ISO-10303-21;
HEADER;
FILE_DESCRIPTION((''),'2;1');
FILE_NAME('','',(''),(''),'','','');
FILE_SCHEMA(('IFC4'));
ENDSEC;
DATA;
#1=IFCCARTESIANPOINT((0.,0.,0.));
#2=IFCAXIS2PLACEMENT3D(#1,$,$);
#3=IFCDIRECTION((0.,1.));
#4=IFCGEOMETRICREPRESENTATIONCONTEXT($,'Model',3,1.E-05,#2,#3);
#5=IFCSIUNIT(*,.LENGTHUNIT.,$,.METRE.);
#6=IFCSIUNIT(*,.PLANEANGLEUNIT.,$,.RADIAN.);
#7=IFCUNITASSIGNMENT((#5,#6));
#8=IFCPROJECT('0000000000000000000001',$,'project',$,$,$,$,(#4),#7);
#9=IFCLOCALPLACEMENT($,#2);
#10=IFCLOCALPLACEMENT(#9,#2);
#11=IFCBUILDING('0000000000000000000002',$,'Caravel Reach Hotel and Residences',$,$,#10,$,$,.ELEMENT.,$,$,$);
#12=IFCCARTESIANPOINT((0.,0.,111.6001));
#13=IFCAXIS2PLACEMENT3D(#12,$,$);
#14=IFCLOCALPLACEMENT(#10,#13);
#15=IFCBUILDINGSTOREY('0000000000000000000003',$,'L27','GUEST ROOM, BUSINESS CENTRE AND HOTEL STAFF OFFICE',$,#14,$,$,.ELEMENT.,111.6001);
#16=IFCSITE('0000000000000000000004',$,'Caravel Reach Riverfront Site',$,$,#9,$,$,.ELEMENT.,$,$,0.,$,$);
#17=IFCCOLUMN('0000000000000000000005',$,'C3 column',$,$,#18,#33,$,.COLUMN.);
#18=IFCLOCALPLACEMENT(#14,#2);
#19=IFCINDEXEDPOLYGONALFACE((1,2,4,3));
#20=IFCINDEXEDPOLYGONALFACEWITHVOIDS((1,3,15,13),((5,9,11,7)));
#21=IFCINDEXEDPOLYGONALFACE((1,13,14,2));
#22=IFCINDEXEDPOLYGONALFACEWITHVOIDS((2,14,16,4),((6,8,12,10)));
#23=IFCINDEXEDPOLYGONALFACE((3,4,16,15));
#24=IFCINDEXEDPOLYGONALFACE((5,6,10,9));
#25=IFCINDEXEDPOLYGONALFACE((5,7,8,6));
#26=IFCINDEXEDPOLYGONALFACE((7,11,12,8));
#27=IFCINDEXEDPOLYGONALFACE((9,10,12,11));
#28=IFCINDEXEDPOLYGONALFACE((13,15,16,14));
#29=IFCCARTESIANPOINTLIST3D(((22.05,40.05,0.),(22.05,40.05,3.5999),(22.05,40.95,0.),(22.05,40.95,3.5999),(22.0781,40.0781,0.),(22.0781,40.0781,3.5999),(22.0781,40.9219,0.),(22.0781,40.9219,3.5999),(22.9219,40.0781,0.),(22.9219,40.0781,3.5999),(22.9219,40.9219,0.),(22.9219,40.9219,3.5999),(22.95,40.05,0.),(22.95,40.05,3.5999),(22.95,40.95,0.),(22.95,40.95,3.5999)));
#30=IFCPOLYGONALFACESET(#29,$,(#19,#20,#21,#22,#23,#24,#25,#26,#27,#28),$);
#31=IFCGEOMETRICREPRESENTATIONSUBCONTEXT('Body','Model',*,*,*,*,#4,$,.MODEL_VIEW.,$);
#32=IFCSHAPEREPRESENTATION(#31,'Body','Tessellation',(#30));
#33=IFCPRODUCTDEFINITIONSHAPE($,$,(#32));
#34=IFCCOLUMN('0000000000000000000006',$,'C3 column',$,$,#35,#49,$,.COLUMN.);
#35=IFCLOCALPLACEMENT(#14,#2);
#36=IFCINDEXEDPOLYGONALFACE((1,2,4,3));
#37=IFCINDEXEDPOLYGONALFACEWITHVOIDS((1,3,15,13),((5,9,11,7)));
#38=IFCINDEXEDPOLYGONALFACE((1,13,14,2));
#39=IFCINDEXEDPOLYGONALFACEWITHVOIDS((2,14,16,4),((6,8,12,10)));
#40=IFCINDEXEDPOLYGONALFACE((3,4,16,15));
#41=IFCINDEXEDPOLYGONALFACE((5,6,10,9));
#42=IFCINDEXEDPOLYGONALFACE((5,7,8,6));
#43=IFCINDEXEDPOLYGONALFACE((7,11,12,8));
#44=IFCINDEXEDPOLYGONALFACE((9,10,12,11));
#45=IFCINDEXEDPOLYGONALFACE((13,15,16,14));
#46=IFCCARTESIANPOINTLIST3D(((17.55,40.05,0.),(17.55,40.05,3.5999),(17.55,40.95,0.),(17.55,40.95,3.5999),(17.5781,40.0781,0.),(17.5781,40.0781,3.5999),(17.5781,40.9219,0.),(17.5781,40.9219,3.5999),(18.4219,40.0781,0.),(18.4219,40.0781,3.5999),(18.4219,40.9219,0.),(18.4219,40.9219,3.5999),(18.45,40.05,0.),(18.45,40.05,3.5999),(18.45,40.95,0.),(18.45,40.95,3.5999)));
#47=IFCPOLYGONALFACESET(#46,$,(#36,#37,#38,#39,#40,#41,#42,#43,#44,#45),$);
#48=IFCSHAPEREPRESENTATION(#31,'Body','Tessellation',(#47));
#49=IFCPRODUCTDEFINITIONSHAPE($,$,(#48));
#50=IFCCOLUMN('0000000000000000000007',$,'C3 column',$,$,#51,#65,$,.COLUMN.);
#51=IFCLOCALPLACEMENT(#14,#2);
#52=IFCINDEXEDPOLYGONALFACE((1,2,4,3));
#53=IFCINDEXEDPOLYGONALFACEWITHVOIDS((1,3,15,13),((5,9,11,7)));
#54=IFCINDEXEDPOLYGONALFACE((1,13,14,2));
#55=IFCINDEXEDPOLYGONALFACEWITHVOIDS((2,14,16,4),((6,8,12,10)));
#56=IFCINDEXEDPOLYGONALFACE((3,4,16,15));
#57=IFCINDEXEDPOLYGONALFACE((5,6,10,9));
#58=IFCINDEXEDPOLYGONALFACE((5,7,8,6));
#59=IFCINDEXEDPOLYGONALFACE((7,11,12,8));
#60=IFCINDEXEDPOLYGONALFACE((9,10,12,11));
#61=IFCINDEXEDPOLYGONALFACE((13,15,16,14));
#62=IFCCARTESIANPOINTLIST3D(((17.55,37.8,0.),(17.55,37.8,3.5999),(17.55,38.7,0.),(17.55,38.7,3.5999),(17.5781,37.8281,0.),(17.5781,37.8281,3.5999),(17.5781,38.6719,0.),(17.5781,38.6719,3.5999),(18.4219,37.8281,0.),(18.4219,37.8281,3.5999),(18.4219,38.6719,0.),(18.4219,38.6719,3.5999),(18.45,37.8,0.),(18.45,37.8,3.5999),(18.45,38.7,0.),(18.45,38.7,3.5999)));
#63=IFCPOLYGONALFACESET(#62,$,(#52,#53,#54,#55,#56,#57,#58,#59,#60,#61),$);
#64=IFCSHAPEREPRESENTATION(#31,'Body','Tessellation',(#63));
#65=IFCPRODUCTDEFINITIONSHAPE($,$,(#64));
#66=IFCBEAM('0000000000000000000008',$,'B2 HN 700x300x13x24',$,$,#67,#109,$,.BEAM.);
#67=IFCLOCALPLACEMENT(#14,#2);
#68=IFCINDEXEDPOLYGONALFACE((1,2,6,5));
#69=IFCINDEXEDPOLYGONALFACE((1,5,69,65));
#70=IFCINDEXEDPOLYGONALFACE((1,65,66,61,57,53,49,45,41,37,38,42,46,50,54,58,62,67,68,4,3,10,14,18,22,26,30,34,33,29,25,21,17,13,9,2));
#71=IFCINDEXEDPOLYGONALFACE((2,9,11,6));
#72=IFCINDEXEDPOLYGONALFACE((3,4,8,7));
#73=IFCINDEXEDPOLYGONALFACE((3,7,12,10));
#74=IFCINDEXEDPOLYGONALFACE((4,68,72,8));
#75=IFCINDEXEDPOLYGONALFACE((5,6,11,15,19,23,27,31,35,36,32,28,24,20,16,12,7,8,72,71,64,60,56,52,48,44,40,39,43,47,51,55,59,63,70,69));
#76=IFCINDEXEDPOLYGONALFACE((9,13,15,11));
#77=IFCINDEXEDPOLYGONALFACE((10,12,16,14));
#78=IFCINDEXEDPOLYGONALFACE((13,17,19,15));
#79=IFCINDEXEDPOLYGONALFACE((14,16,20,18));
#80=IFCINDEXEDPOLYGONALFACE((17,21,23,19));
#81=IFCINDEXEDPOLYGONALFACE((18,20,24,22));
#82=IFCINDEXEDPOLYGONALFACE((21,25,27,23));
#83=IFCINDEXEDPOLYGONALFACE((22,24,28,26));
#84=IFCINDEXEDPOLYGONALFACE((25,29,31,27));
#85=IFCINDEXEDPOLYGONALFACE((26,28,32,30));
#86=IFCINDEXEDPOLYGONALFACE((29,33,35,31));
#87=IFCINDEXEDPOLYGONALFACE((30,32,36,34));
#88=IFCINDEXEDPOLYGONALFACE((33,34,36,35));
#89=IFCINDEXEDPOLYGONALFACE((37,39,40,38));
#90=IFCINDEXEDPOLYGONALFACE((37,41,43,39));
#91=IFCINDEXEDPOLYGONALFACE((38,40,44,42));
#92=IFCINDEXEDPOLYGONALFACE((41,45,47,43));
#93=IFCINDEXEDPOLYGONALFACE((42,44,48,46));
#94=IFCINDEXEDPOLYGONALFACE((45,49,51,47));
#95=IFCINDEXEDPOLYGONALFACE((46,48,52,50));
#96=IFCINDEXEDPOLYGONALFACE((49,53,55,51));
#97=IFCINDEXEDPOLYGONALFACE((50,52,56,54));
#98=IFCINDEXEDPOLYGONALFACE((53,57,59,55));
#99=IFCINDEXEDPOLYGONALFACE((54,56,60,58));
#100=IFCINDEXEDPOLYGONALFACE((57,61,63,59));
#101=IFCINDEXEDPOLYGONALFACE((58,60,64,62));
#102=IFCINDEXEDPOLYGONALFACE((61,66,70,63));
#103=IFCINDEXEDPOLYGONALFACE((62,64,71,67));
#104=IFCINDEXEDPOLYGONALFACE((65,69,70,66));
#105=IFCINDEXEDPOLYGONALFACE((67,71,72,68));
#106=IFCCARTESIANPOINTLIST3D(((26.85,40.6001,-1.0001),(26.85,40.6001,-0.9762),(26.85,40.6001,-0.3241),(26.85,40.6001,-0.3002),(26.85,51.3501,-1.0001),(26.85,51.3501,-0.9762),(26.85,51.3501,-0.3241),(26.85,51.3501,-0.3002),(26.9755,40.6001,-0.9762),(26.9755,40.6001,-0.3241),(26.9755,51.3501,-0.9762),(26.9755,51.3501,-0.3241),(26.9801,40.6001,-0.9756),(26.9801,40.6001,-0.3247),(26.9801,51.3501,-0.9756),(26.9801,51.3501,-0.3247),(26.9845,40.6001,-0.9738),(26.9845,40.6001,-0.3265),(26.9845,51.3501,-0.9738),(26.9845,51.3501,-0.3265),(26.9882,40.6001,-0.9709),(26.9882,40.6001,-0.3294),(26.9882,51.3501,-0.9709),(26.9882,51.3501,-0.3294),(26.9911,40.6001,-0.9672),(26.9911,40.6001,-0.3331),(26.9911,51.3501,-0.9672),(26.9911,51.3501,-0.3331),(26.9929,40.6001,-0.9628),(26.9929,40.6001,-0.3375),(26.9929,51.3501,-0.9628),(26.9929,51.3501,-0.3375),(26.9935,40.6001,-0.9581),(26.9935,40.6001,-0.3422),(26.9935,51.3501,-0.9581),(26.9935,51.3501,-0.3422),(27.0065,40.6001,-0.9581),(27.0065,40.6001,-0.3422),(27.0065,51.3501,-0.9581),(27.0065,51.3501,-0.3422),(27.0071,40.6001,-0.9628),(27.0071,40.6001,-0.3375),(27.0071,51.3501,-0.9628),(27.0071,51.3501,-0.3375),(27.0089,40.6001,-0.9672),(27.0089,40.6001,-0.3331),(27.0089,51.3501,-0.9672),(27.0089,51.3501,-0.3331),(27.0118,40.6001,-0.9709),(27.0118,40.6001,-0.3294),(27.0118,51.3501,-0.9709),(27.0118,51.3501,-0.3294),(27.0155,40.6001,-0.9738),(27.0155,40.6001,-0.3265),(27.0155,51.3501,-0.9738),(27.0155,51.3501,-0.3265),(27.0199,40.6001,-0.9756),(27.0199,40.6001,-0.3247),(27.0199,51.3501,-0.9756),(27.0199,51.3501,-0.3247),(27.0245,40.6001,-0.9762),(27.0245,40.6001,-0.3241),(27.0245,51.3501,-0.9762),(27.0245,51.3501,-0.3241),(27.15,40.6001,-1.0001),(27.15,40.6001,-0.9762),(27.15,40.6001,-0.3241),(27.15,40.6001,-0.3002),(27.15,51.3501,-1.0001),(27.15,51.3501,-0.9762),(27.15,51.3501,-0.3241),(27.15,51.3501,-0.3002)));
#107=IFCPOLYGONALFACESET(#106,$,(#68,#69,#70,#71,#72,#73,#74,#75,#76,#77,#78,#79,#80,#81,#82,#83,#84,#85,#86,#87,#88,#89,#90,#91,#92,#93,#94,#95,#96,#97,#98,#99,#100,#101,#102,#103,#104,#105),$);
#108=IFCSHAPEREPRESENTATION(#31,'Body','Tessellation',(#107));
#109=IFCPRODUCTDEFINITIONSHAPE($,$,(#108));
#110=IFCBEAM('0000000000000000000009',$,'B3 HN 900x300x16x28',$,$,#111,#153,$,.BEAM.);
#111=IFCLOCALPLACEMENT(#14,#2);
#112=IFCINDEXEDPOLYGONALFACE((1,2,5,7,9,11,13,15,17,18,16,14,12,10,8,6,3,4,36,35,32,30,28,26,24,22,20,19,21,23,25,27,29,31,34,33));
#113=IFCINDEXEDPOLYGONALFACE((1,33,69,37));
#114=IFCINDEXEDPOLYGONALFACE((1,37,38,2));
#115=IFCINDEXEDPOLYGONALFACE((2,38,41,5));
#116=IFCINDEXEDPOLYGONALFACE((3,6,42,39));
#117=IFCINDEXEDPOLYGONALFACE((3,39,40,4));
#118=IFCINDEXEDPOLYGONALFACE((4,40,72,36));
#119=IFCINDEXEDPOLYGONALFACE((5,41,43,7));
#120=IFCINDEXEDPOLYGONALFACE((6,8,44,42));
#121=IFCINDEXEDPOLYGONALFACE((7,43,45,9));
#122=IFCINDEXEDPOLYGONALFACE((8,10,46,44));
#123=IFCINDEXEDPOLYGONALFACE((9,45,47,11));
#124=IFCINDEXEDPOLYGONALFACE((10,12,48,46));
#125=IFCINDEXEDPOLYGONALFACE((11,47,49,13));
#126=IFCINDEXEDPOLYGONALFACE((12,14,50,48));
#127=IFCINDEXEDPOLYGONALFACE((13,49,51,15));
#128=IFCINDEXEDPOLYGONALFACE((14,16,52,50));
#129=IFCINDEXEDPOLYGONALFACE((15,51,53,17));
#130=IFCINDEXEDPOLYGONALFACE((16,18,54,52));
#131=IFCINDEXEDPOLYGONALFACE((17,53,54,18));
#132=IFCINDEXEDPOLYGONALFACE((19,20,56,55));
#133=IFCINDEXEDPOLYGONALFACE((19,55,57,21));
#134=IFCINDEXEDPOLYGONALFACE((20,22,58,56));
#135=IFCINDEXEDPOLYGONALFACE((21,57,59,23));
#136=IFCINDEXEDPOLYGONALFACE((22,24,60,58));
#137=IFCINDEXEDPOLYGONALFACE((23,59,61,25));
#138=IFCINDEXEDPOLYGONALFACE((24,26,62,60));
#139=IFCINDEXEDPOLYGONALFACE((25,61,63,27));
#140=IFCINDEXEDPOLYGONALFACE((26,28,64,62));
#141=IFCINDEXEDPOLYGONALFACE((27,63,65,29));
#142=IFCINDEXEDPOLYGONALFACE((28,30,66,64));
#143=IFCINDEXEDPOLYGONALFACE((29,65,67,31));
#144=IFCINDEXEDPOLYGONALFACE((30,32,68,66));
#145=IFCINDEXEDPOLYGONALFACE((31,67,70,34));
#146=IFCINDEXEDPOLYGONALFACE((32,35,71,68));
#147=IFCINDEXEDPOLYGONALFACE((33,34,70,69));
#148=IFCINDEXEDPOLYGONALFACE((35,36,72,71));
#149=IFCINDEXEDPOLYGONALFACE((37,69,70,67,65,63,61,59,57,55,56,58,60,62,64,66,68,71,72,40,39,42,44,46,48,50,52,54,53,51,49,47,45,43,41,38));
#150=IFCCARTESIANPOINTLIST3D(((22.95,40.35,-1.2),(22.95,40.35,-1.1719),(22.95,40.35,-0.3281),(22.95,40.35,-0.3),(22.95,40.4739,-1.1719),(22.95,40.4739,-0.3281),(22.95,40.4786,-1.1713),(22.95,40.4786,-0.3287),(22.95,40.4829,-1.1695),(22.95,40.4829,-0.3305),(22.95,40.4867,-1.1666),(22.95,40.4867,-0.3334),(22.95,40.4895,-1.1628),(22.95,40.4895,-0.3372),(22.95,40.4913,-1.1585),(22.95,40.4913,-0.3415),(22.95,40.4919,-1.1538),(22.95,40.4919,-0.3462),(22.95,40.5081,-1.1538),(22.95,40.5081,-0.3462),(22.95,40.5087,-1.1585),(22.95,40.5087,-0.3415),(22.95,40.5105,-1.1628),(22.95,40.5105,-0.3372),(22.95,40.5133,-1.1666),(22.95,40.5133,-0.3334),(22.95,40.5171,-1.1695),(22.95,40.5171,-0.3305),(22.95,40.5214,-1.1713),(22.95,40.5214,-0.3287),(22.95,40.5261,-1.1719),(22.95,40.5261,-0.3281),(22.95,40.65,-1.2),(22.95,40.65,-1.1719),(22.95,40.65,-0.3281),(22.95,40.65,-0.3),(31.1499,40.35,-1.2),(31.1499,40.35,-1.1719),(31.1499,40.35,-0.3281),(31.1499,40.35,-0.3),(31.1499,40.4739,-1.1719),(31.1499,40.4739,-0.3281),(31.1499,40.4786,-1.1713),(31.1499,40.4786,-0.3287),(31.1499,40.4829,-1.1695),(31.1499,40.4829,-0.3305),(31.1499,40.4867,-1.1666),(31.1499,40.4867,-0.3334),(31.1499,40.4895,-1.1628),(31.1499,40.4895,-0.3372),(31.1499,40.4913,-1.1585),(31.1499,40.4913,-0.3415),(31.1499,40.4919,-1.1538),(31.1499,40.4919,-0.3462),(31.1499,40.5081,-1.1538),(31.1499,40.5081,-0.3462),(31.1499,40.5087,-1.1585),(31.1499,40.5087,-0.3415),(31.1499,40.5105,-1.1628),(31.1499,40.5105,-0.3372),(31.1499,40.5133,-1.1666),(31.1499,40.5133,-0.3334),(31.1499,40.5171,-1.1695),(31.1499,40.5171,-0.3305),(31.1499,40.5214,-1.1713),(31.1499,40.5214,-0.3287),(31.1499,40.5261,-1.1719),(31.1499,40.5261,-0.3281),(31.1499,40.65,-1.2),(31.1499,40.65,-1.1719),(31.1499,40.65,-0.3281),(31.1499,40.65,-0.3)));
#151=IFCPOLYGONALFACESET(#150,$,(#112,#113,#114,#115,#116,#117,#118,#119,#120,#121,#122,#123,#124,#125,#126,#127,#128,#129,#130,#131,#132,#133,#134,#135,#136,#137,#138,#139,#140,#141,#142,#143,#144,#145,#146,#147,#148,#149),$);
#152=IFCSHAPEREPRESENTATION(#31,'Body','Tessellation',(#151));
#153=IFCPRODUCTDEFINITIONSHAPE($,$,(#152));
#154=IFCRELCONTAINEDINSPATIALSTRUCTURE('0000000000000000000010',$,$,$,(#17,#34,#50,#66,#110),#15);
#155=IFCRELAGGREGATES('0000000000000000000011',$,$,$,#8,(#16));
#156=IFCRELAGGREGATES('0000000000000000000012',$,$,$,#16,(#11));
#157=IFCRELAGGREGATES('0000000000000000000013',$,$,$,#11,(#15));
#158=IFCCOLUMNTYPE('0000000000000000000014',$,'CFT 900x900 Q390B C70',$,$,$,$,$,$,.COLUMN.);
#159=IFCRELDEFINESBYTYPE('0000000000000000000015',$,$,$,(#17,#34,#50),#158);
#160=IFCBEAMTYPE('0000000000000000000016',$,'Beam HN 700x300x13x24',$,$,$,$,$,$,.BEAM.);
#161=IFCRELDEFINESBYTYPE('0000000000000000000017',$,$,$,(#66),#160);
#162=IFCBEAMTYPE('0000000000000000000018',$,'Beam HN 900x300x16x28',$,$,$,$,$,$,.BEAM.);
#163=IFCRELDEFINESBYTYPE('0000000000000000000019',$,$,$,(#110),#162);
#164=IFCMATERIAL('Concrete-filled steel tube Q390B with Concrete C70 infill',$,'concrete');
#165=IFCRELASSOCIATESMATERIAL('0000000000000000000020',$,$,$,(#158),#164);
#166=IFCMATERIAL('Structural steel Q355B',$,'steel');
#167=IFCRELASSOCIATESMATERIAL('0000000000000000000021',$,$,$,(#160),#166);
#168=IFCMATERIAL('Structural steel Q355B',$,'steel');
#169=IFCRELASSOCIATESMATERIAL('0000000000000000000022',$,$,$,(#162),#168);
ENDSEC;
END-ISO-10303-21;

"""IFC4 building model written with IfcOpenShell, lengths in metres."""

from ifc_helpers import new_model, si_unit, direction, frame, origin, origin_2d, place, context, subcontext, project, spatial, hollow_rectangle, i_section, extrude, material, material_profile, profile_set, type_object, element, save


model = new_model("IFC4")

# Units and contexts
model_context = context("Model", 3, precision=1e-05, world=origin(), true_north=direction((0.0, 1.0)))
body_context = subcontext(model_context, "Body", "Model", "MODEL_VIEW")
ifc_project = project(units=[si_unit("LENGTHUNIT", "METRE"), si_unit("PLANEANGLEUNIT", "RADIAN")], contexts=[model_context])

# Site, building, storey
site_placement = place(None, origin())
site = spatial("IfcSite", under=ifc_project, at=site_placement, Name="Caravel Reach Riverfront Site", CompositionType="ELEMENT", RefElevation=0.0)
building_placement = place(site_placement, origin())
building = spatial("IfcBuilding", under=site, at=building_placement, Name="Caravel Reach Hotel and Residences", CompositionType="ELEMENT")
storey_placement = place(building_placement, frame((0.0, 0.0, 111.6001)))
storey = spatial("IfcBuildingStorey", under=building, at=storey_placement, Name="L27", Description="GUEST ROOM, BUSINESS CENTRE AND HOTEL STAFF OFFICE", CompositionType="ELEMENT", Elevation=111.6001)

# Columns
ifc_material_1 = material(Name="Concrete-filled steel tube Q390B with Concrete C70 infill", Category="concrete")
ifc_material_profile_1 = material_profile(ifc_material_1, hollow_rectangle(XDim=0.8999, YDim=0.8999, WallThickness=0.0281, at=origin_2d()), Name="RHS 900x900x28")
ifc_profile_set_1 = profile_set([ifc_material_profile_1], Name="Concrete-filled steel tube Q390B with Concrete C70 infill")
column_type = type_object("IfcColumnType", Name="CFT 900x900 Q390B C70", PredefinedType="COLUMN", material=ifc_profile_set_1)
for number, where, z_axis, x_axis, name in (
    (1, (22.5, 40.5, 0.0), (0.0, 0.0, 1.0), (1.0, 0.0, 0.0), "C3 column"),
    (2, (18.0, 40.5, 0.0), (0.0, 0.0, 1.0), (1.0, 0.0, 0.0), "C3 column"),
    (3, (18.0, 38.25, 0.0), (0.0, 0.0, 1.0), (1.0, 0.0, 0.0), "C3 column"),
):
    element("IfcColumn", number, at=place(storey_placement, frame(where, z_axis=z_axis, x_axis=x_axis)), inside=storey, type_object=column_type, Name=name, PredefinedType="COLUMN", context=body_context, shape_type="SweptSolid", body=[
        extrude(hollow_rectangle(XDim=0.8999, YDim=0.8999, WallThickness=0.0281, at=origin_2d()), origin(), (0.0, 0.0, 1.0), 3.5999),
    ])

# Beams
ifc_material_2 = material(Name="Structural steel Q355B", Category="steel")
ifc_material_profile_2 = material_profile(ifc_material_2, i_section(OverallWidth=0.3, OverallDepth=0.7, WebThickness=0.0129, FlangeThickness=0.0239, FilletRadius=0.0181, at=origin_2d()), Name="HN 700x300x13x24")
ifc_profile_set_2 = profile_set([ifc_material_profile_2], Name="Structural steel Q355B")
beam_type_1 = type_object("IfcBeamType", Name="Beam HN 700x300x13x24", PredefinedType="BEAM", material=ifc_profile_set_2)
beam_1_placement = place(storey_placement, frame((27.0, 40.6001, -0.6501), z_axis=(0.0, 1.0, 0.0), x_axis=(-1.0, 0.0, 0.0)))
element("IfcBeam", 4, at=beam_1_placement, inside=storey, type_object=beam_type_1, Name="B2 HN 700x300x13x24", PredefinedType="BEAM", context=body_context, shape_type="SweptSolid", body=[
    extrude(i_section(OverallWidth=0.3, OverallDepth=0.7, WebThickness=0.0129, FlangeThickness=0.0239, FilletRadius=0.0181, at=origin_2d()), origin(), (0.0, 0.0, 1.0), 10.75),
])
ifc_material_3 = material(Name="Structural steel Q355B", Category="steel")
ifc_material_profile_3 = material_profile(ifc_material_3, i_section(OverallWidth=0.3, OverallDepth=0.8999, WebThickness=0.0161, FlangeThickness=0.0281, FilletRadius=0.0181, at=origin_2d()), Name="HN 900x300x16x28")
ifc_profile_set_3 = profile_set([ifc_material_profile_3], Name="Structural steel Q355B")
beam_type_2 = type_object("IfcBeamType", Name="Beam HN 900x300x16x28", PredefinedType="BEAM", material=ifc_profile_set_3)
beam_2_placement = place(storey_placement, frame((22.95, 40.5, -0.75), z_axis=(1.0, 0.0, 0.0), x_axis=(0.0, 1.0, 0.0)))
element("IfcBeam", 5, at=beam_2_placement, inside=storey, type_object=beam_type_2, Name="B3 HN 900x300x16x28", PredefinedType="BEAM", context=body_context, shape_type="SweptSolid", body=[
    extrude(i_section(OverallWidth=0.3, OverallDepth=0.8999, WebThickness=0.0161, FlangeThickness=0.0281, FilletRadius=0.0181, at=origin_2d()), origin(), (0.0, 0.0, 1.0), 8.2),
])

save(model, "model.ifc")
